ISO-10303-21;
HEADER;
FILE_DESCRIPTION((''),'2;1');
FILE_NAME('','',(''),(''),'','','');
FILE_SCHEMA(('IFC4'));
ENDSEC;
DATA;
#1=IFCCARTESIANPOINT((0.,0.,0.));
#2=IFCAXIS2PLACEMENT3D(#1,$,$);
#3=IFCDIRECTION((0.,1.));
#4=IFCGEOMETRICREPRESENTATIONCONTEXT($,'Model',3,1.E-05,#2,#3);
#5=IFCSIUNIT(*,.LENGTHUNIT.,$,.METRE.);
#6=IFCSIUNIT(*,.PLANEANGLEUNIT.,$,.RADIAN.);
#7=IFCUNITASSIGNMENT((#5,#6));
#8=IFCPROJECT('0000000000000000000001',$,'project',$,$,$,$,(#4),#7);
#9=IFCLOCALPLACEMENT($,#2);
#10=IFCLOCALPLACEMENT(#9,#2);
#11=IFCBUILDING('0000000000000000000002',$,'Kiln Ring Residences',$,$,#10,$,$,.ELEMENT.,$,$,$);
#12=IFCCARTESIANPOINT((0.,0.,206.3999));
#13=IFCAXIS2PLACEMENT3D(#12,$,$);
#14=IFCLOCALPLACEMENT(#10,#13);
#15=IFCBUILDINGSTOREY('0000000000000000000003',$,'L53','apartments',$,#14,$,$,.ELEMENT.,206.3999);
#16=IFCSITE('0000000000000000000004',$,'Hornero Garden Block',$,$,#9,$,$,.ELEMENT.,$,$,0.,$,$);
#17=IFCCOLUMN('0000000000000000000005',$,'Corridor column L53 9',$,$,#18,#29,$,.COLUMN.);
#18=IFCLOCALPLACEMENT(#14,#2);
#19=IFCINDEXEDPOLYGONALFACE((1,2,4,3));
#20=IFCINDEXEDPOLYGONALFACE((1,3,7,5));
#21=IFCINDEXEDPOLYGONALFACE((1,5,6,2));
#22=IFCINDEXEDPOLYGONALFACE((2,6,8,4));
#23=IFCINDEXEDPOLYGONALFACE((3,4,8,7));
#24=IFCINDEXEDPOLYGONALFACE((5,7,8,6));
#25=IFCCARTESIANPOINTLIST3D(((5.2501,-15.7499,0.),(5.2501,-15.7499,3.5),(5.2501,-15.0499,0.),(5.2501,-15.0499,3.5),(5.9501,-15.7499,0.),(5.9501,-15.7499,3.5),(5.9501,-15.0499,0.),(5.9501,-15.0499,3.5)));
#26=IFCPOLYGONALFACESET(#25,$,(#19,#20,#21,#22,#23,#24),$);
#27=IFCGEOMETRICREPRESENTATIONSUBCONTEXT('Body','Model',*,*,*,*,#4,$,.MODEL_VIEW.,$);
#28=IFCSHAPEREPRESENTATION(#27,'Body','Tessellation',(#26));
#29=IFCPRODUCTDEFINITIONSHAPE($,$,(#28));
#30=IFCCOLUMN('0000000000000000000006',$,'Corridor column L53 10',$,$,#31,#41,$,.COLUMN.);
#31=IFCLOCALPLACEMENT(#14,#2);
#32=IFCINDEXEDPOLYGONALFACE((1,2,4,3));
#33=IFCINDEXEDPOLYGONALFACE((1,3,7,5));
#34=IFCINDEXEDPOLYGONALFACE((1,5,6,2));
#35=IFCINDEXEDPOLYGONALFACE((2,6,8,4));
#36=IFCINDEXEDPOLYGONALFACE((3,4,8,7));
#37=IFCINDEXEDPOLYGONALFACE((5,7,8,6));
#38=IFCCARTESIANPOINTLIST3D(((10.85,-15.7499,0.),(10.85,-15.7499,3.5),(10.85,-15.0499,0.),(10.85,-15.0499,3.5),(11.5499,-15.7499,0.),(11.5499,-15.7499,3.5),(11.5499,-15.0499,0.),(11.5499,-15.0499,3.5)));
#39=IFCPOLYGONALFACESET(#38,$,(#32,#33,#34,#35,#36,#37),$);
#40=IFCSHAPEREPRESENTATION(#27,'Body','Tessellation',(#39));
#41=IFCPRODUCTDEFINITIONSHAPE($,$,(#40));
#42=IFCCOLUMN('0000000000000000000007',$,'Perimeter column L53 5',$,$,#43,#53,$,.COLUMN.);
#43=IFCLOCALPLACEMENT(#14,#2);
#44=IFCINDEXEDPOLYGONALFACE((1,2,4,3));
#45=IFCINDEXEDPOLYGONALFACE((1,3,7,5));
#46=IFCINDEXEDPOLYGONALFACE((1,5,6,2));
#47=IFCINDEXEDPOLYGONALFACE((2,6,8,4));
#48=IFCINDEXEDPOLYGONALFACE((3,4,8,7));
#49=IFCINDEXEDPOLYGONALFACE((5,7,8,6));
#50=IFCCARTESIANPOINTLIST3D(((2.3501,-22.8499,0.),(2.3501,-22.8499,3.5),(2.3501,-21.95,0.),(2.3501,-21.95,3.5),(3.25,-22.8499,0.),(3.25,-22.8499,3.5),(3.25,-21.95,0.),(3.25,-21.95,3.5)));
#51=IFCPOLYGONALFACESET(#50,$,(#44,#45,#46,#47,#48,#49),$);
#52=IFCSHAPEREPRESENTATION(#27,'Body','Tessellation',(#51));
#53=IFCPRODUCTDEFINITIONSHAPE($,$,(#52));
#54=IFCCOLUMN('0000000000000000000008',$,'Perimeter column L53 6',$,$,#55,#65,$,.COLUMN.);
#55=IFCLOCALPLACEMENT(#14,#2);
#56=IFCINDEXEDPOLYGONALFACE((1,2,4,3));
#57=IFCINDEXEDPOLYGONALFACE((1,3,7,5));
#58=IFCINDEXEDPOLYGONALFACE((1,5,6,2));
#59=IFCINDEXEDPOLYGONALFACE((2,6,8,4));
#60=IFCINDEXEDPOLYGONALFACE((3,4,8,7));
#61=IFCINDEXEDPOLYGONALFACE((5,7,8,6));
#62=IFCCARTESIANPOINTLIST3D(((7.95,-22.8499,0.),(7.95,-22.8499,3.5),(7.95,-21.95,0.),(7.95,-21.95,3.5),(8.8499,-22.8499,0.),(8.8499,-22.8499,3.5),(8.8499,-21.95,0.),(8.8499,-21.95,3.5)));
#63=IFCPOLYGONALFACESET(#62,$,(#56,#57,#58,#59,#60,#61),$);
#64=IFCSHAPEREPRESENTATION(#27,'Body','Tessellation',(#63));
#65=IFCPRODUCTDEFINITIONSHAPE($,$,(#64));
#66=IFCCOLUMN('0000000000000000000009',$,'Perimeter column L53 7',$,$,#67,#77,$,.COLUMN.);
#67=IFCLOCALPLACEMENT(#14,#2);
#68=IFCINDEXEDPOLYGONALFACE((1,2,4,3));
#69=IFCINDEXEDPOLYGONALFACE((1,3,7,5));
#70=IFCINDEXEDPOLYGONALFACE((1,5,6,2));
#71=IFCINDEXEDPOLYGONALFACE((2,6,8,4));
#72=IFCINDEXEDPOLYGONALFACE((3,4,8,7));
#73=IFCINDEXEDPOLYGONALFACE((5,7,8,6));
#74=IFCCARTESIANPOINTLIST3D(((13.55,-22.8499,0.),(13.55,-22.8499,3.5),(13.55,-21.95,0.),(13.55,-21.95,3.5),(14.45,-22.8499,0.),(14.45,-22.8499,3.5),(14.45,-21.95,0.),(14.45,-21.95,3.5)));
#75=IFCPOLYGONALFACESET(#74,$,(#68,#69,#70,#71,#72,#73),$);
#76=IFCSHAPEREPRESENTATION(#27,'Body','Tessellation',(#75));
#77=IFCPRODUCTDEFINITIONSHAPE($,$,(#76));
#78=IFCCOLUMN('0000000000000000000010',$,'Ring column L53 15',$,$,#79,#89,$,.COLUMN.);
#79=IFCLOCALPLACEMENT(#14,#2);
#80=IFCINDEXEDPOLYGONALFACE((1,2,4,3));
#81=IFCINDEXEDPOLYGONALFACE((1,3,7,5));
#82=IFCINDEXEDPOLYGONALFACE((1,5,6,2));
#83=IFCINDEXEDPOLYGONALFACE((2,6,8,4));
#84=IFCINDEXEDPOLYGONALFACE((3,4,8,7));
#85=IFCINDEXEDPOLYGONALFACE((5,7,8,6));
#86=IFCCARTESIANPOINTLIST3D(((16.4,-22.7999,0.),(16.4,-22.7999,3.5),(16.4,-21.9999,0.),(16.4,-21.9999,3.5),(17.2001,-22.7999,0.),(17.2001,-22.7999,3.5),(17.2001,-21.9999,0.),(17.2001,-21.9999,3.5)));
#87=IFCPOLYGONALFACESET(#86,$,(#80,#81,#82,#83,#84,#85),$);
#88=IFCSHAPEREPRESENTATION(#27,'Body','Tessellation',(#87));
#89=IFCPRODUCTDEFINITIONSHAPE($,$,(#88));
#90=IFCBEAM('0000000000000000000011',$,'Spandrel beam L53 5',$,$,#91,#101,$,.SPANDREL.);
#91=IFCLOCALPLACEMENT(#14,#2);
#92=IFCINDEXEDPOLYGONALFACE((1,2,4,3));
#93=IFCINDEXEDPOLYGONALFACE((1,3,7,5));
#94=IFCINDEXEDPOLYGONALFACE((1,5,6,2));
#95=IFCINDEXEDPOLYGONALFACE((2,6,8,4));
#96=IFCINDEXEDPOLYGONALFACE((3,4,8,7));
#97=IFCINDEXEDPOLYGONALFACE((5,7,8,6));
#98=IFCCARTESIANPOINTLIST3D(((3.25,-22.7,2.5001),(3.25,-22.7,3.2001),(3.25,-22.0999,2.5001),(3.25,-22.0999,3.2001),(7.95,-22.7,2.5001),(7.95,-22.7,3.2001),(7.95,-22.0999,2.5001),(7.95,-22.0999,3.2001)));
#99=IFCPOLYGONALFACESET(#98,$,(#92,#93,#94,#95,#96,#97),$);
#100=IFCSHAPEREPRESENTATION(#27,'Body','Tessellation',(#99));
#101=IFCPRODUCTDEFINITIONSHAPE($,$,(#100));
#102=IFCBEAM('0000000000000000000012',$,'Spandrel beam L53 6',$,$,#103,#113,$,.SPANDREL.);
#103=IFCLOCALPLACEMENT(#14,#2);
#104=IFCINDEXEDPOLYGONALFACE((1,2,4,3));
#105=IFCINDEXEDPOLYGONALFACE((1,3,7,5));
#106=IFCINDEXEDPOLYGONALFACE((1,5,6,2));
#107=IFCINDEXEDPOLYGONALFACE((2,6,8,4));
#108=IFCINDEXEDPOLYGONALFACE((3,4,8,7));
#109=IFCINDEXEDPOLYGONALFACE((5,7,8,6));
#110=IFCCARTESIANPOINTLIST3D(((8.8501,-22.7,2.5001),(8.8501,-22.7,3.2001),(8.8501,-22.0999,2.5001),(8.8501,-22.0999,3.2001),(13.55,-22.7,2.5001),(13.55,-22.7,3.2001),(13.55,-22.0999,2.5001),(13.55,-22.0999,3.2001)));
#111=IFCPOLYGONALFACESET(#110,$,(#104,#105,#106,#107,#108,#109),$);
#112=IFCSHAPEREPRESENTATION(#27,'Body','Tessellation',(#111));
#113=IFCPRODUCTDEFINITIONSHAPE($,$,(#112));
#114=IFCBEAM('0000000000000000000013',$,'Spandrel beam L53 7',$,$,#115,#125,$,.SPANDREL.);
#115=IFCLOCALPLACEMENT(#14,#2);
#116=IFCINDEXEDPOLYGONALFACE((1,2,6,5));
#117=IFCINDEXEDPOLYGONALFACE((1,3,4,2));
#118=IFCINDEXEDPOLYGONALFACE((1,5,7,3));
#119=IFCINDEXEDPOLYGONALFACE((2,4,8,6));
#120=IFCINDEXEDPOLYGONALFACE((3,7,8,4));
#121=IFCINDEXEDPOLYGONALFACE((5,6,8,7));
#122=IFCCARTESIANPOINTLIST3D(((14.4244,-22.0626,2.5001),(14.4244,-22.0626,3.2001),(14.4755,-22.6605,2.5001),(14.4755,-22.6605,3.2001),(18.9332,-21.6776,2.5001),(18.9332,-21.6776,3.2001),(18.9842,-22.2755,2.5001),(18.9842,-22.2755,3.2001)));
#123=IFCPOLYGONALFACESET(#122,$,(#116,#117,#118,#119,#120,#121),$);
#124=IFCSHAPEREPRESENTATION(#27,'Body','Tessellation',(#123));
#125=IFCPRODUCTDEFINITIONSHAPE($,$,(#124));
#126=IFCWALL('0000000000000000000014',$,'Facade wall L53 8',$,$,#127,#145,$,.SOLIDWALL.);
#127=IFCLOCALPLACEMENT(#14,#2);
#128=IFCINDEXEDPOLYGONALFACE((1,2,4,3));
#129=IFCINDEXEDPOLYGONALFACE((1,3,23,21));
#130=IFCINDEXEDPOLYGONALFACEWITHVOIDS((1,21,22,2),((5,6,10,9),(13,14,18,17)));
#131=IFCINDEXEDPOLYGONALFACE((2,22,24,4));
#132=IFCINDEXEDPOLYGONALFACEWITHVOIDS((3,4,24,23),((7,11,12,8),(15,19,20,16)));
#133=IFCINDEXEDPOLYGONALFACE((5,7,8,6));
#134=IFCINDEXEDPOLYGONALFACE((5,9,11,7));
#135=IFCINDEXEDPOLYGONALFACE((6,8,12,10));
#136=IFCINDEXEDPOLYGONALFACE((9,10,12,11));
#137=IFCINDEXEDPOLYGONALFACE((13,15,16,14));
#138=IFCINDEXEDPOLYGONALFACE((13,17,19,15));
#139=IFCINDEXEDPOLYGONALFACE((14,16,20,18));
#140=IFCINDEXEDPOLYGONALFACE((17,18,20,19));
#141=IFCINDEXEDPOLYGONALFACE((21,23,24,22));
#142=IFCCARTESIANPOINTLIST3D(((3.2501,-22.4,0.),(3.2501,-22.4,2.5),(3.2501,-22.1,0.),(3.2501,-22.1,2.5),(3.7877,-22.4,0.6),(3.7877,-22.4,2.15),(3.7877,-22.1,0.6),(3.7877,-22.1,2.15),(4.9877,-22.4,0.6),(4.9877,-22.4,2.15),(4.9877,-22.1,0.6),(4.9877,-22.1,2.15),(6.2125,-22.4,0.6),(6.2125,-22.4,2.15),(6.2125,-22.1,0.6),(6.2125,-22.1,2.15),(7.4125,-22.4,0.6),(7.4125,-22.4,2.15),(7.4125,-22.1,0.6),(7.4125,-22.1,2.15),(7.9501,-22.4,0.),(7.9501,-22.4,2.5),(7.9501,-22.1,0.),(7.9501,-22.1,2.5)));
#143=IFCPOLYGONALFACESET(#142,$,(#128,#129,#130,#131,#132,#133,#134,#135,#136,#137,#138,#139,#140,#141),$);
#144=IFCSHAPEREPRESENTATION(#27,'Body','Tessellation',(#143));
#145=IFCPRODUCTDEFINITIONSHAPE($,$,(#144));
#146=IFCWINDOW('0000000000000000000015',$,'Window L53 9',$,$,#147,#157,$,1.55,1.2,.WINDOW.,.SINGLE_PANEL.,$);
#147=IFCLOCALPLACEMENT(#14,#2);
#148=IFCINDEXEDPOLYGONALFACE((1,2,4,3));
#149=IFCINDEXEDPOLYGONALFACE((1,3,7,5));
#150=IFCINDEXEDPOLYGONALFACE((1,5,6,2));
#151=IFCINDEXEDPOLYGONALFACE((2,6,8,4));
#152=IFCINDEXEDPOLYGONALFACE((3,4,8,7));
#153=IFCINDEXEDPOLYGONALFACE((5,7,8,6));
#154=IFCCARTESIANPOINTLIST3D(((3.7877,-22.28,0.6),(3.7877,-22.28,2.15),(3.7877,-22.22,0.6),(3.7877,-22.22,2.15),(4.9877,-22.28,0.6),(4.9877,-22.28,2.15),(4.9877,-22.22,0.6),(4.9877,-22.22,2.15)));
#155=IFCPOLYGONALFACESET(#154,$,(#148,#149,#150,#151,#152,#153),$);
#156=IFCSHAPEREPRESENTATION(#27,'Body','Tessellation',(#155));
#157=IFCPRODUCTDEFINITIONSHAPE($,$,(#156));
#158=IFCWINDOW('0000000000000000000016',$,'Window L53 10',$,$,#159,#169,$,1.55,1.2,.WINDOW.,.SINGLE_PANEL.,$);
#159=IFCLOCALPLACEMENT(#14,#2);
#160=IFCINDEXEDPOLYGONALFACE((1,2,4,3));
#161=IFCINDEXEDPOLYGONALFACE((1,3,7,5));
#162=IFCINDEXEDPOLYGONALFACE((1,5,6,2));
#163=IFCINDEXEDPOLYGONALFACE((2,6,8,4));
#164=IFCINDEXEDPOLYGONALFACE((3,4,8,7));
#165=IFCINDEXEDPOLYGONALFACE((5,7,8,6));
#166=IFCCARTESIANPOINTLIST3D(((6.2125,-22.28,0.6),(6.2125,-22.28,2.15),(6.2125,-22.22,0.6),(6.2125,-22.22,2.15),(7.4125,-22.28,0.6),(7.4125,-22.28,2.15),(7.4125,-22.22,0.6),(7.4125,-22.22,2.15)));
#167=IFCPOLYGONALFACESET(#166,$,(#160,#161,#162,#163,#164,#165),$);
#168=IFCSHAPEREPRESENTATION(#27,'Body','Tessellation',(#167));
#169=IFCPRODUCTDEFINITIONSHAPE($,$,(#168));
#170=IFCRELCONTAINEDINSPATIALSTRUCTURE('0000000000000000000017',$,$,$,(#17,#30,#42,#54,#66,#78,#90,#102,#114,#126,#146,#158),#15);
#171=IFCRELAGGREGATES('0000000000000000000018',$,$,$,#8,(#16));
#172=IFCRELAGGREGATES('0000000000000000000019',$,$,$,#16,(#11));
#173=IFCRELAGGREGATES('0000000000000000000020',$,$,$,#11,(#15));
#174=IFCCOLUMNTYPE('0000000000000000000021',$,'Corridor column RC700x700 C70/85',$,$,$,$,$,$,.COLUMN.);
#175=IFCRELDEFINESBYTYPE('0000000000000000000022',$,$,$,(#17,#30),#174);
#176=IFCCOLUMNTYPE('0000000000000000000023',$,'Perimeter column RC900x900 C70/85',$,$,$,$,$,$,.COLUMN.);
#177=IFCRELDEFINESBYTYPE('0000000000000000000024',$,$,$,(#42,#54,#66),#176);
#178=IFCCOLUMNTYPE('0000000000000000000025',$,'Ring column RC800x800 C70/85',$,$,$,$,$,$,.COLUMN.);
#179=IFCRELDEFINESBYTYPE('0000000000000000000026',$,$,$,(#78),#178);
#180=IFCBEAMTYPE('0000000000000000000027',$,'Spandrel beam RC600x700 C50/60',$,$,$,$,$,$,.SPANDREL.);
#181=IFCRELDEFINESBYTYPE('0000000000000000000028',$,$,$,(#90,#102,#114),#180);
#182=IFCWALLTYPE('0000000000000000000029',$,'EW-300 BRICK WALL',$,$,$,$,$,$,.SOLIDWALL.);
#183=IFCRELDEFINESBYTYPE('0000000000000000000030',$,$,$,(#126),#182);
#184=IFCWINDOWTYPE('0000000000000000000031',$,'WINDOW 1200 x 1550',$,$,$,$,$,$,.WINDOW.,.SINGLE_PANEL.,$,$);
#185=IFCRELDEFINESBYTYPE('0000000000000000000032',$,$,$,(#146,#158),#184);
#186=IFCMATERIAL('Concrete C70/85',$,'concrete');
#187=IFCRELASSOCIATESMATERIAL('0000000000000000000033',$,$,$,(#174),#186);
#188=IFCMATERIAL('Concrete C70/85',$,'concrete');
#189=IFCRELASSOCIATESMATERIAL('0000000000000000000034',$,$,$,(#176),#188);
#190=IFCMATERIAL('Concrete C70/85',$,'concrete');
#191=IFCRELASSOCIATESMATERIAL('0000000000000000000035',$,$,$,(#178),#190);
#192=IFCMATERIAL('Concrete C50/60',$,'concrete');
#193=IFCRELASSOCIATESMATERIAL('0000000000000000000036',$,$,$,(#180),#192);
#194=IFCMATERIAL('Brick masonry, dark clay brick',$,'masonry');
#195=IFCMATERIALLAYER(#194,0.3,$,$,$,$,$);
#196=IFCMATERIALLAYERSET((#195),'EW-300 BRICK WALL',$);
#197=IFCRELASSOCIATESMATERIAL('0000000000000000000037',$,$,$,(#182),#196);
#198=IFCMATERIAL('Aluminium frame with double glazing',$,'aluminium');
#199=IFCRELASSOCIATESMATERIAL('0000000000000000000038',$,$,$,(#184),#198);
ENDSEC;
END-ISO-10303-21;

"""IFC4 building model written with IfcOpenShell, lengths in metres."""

from ifc_helpers import new_model, si_unit, direction, frame, frame_2d, origin, origin_2d, place, context, subcontext, project, spatial, rectangle, extrude, material, layer, layer_set, material_profile, profile_set, type_object, element, fill, save


model = new_model("IFC4")

# Units and contexts
model_context = context("Model", 3, precision=1e-05, world=origin(), true_north=direction((0.0, 1.0)))
body_context = subcontext(model_context, "Body", "Model", "MODEL_VIEW")
ifc_project = project(units=[si_unit("LENGTHUNIT", "METRE"), si_unit("PLANEANGLEUNIT", "RADIAN")], contexts=[model_context])

# Site, building, storey
site_placement = place(None, origin())
site = spatial("IfcSite", under=ifc_project, at=site_placement, Name="Hornero Garden Block", CompositionType="ELEMENT", RefElevation=0.0)
building_placement = place(site_placement, origin())
building = spatial("IfcBuilding", under=site, at=building_placement, Name="Kiln Ring Residences", CompositionType="ELEMENT")
storey_placement = place(building_placement, frame((0.0, 0.0, 206.3999)))
storey = spatial("IfcBuildingStorey", under=building, at=storey_placement, Name="L53", Description="apartments", CompositionType="ELEMENT", Elevation=206.3999)

# Columns
ifc_material_1 = material(Name="Concrete C70/85", Category="concrete")
ifc_material_profile_1 = material_profile(ifc_material_1, rectangle(XDim=0.7, YDim=0.7, at=origin_2d()), Name="RC700x700")
ifc_profile_set_1 = profile_set([ifc_material_profile_1], Name="Concrete C70/85")
column_type_1 = type_object("IfcColumnType", Name="Corridor column RC700x700 C70/85", PredefinedType="COLUMN", material=ifc_profile_set_1)
for number, where, z_axis, x_axis, name in (
    (1, (5.6001, -15.3999, 0.0), (0.0, 0.0, 1.0), (1.0, 0.0, 0.0), "Corridor column L53 9"),
    (2, (11.2, -15.3999, 0.0), (0.0, 0.0, 1.0), (1.0, 0.0, 0.0), "Corridor column L53 10"),
):
    element("IfcColumn", number, at=place(storey_placement, frame(where, z_axis=z_axis, x_axis=x_axis)), inside=storey, type_object=column_type_1, Name=name, PredefinedType="COLUMN", context=body_context, shape_type="SweptSolid", body=[
        extrude(rectangle(XDim=0.7, YDim=0.7, at=origin_2d()), origin(), (0.0, 0.0, 1.0), 3.5),
    ])
ifc_material_2 = material(Name="Concrete C70/85", Category="concrete")
ifc_material_profile_2 = material_profile(ifc_material_2, rectangle(XDim=0.8999, YDim=0.8999, at=origin_2d()), Name="RC900x900")
ifc_profile_set_2 = profile_set([ifc_material_profile_2], Name="Concrete C70/85")
column_type_2 = type_object("IfcColumnType", Name="Perimeter column RC900x900 C70/85", PredefinedType="COLUMN", material=ifc_profile_set_2)
for number, where, z_axis, x_axis, name in (
    (3, (2.8, -22.3999, 0.0), (0.0, 0.0, 1.0), (1.0, 0.0, 0.0), "Perimeter column L53 5"),
    (4, (8.3999, -22.3999, 0.0), (0.0, 0.0, 1.0), (1.0, 0.0, 0.0), "Perimeter column L53 6"),
    (5, (14.0, -22.3999, 0.0), (0.0, 0.0, 1.0), (1.0, 0.0, 0.0), "Perimeter column L53 7"),
):
    element("IfcColumn", number, at=place(storey_placement, frame(where, z_axis=z_axis, x_axis=x_axis)), inside=storey, type_object=column_type_2, Name=name, PredefinedType="COLUMN", context=body_context, shape_type="SweptSolid", body=[
        extrude(rectangle(XDim=0.8999, YDim=0.8999, at=origin_2d()), origin(), (0.0, 0.0, 1.0), 3.5),
    ])
ifc_material_3 = material(Name="Concrete C70/85", Category="concrete")
ifc_material_profile_3 = material_profile(ifc_material_3, rectangle(XDim=0.8, YDim=0.8, at=origin_2d()), Name="RC800x800")
ifc_profile_set_3 = profile_set([ifc_material_profile_3], Name="Concrete C70/85")
column_type_3 = type_object("IfcColumnType", Name="Ring column RC800x800 C70/85", PredefinedType="COLUMN", material=ifc_profile_set_3)
column_placement = place(storey_placement, frame((16.8, -22.3999, 0.0), z_axis=(0.0, 0.0, 1.0), x_axis=(1.0, 0.0, 0.0)))
element("IfcColumn", 6, at=column_placement, inside=storey, type_object=column_type_3, Name="Ring column L53 15", PredefinedType="COLUMN", context=body_context, shape_type="SweptSolid", body=[
    extrude(rectangle(XDim=0.8, YDim=0.8, at=origin_2d()), origin(), (0.0, 0.0, 1.0), 3.5),
])

# Beams
ifc_material_4 = material(Name="Concrete C50/60", Category="concrete")
ifc_material_profile_4 = material_profile(ifc_material_4, rectangle(XDim=0.6001, YDim=0.7, at=origin_2d()), Name="RC600x700")
ifc_profile_set_4 = profile_set([ifc_material_profile_4], Name="Concrete C50/60")
beam_type = type_object("IfcBeamType", Name="Spandrel beam RC600x700 C50/60", PredefinedType="SPANDREL", material=ifc_profile_set_4)
for number, where, z_axis, x_axis, name in (
    (7, (3.25, -22.3999, 2.8501), (1.0, 0.0, 0.0), (0.0, 1.0, 0.0), "Spandrel beam L53 5"),
    (8, (8.8501, -22.3999, 2.8501), (1.0, 0.0, 0.0), (0.0, 1.0, 0.0), "Spandrel beam L53 6"),
):
    element("IfcBeam", number, at=place(storey_placement, frame(where, z_axis=z_axis, x_axis=x_axis)), inside=storey, type_object=beam_type, Name=name, PredefinedType="SPANDREL", context=body_context, shape_type="SweptSolid", body=[
        extrude(rectangle(XDim=0.6001, YDim=0.7, at=origin_2d()), origin(), (0.0, 0.0, 1.0), 4.7),
    ])
beam_placement = place(storey_placement, frame((14.45, -22.3616, 2.8501), z_axis=(0.996374, 0.085081, 0.0), x_axis=(-0.085081, 0.996374, 0.0)))
element("IfcBeam", 9, at=beam_placement, inside=storey, type_object=beam_type, Name="Spandrel beam L53 7", PredefinedType="SPANDREL", context=body_context, shape_type="SweptSolid", body=[
    extrude(rectangle(XDim=0.6001, YDim=0.7, at=origin_2d()), origin(), (0.0, 0.0, 1.0), 4.5251),
])

# Wall, openings, windows
ifc_material_5 = material(Name="Brick masonry, dark clay brick", Category="masonry")
ifc_layer_1 = layer(ifc_material_5, 0.3)
ifc_layer_set_1 = layer_set([ifc_layer_1], Name="EW-300 BRICK WALL")
wall_type_1 = type_object("IfcWallType", Name="EW-300 BRICK WALL", PredefinedType="SOLIDWALL", material=ifc_layer_set_1)
wall_1_placement = place(storey_placement, frame((3.25, -22.25, 0.0), z_axis=(0.0, 0.0, 1.0), x_axis=(1.0, 0.0, 0.0)))
wall_1 = element("IfcWall", 10, at=wall_1_placement, inside=storey, type_object=wall_type_1, Name="Facade wall L53 8", PredefinedType="SOLIDWALL", context=body_context, shape_type="SweptSolid", body=[
    extrude(rectangle(XDim=4.7, YDim=0.3, at=frame_2d((2.3501, 0.0))), origin(), (0.0, 0.0, 1.0), 2.5),
])
opening_1_placement = place(wall_1_placement, frame((0.5376, 0.0, 0.6001)))
opening_1 = element("IfcOpeningElement", 11, at=opening_1_placement, cuts=wall_1, PredefinedType="OPENING", context=body_context, shape_type="SweptSolid", body=[
    extrude(rectangle(XDim=1.2, YDim=1.55, at=frame_2d((0.6001, 0.7749))), frame((0.0, 0.1599, 0.0), z_axis=(0.0, -1.0, 0.0), x_axis=(1.0, 0.0, 0.0)), (0.0, 0.0, 1.0), 0.3201),
])
opening_2_placement = place(wall_1_placement, frame((2.9624, 0.0, 0.6001)))
opening_2 = element("IfcOpeningElement", 12, at=opening_2_placement, cuts=wall_1, PredefinedType="OPENING", context=body_context, shape_type="SweptSolid", body=[
    extrude(rectangle(XDim=1.2, YDim=1.55, at=frame_2d((0.6001, 0.7749))), frame((0.0, 0.1599, 0.0), z_axis=(0.0, -1.0, 0.0), x_axis=(1.0, 0.0, 0.0)), (0.0, 0.0, 1.0), 0.3201),
])
ifc_material_6 = material(Name="Aluminium frame with double glazing", Category="aluminium")
window_type = type_object("IfcWindowType", Name="WINDOW 1200 x 1550", PartitioningType="SINGLE_PANEL", PredefinedType="WINDOW", material=ifc_material_6)
window_1_placement = place(opening_1_placement, origin())
window_1 = element("IfcWindow", 13, at=window_1_placement, inside=storey, type_object=window_type, Name="Window L53 9", OverallHeight=1.55, OverallWidth=1.2, PartitioningType="SINGLE_PANEL", PredefinedType="WINDOW", context=body_context, shape_type="SweptSolid", body=[
    extrude(rectangle(XDim=1.2, YDim=1.55, at=frame_2d((0.6001, 0.7749))), frame((0.0, 0.03, 0.0), z_axis=(0.0, -1.0, 0.0), x_axis=(1.0, 0.0, 0.0)), (0.0, 0.0, 1.0), 0.0601),
])
fill(opening_1, window_1)
window_2_placement = place(opening_2_placement, origin())
window_2 = element("IfcWindow", 14, at=window_2_placement, inside=storey, type_object=window_type, Name="Window L53 10", OverallHeight=1.55, OverallWidth=1.2, PartitioningType="SINGLE_PANEL", PredefinedType="WINDOW", context=body_context, shape_type="SweptSolid", body=[
    extrude(rectangle(XDim=1.2, YDim=1.55, at=frame_2d((0.6001, 0.7749))), frame((0.0, 0.03, 0.0), z_axis=(0.0, -1.0, 0.0), x_axis=(1.0, 0.0, 0.0)), (0.0, 0.0, 1.0), 0.0601),
])
fill(opening_2, window_2)

save(model, "model.ifc")
